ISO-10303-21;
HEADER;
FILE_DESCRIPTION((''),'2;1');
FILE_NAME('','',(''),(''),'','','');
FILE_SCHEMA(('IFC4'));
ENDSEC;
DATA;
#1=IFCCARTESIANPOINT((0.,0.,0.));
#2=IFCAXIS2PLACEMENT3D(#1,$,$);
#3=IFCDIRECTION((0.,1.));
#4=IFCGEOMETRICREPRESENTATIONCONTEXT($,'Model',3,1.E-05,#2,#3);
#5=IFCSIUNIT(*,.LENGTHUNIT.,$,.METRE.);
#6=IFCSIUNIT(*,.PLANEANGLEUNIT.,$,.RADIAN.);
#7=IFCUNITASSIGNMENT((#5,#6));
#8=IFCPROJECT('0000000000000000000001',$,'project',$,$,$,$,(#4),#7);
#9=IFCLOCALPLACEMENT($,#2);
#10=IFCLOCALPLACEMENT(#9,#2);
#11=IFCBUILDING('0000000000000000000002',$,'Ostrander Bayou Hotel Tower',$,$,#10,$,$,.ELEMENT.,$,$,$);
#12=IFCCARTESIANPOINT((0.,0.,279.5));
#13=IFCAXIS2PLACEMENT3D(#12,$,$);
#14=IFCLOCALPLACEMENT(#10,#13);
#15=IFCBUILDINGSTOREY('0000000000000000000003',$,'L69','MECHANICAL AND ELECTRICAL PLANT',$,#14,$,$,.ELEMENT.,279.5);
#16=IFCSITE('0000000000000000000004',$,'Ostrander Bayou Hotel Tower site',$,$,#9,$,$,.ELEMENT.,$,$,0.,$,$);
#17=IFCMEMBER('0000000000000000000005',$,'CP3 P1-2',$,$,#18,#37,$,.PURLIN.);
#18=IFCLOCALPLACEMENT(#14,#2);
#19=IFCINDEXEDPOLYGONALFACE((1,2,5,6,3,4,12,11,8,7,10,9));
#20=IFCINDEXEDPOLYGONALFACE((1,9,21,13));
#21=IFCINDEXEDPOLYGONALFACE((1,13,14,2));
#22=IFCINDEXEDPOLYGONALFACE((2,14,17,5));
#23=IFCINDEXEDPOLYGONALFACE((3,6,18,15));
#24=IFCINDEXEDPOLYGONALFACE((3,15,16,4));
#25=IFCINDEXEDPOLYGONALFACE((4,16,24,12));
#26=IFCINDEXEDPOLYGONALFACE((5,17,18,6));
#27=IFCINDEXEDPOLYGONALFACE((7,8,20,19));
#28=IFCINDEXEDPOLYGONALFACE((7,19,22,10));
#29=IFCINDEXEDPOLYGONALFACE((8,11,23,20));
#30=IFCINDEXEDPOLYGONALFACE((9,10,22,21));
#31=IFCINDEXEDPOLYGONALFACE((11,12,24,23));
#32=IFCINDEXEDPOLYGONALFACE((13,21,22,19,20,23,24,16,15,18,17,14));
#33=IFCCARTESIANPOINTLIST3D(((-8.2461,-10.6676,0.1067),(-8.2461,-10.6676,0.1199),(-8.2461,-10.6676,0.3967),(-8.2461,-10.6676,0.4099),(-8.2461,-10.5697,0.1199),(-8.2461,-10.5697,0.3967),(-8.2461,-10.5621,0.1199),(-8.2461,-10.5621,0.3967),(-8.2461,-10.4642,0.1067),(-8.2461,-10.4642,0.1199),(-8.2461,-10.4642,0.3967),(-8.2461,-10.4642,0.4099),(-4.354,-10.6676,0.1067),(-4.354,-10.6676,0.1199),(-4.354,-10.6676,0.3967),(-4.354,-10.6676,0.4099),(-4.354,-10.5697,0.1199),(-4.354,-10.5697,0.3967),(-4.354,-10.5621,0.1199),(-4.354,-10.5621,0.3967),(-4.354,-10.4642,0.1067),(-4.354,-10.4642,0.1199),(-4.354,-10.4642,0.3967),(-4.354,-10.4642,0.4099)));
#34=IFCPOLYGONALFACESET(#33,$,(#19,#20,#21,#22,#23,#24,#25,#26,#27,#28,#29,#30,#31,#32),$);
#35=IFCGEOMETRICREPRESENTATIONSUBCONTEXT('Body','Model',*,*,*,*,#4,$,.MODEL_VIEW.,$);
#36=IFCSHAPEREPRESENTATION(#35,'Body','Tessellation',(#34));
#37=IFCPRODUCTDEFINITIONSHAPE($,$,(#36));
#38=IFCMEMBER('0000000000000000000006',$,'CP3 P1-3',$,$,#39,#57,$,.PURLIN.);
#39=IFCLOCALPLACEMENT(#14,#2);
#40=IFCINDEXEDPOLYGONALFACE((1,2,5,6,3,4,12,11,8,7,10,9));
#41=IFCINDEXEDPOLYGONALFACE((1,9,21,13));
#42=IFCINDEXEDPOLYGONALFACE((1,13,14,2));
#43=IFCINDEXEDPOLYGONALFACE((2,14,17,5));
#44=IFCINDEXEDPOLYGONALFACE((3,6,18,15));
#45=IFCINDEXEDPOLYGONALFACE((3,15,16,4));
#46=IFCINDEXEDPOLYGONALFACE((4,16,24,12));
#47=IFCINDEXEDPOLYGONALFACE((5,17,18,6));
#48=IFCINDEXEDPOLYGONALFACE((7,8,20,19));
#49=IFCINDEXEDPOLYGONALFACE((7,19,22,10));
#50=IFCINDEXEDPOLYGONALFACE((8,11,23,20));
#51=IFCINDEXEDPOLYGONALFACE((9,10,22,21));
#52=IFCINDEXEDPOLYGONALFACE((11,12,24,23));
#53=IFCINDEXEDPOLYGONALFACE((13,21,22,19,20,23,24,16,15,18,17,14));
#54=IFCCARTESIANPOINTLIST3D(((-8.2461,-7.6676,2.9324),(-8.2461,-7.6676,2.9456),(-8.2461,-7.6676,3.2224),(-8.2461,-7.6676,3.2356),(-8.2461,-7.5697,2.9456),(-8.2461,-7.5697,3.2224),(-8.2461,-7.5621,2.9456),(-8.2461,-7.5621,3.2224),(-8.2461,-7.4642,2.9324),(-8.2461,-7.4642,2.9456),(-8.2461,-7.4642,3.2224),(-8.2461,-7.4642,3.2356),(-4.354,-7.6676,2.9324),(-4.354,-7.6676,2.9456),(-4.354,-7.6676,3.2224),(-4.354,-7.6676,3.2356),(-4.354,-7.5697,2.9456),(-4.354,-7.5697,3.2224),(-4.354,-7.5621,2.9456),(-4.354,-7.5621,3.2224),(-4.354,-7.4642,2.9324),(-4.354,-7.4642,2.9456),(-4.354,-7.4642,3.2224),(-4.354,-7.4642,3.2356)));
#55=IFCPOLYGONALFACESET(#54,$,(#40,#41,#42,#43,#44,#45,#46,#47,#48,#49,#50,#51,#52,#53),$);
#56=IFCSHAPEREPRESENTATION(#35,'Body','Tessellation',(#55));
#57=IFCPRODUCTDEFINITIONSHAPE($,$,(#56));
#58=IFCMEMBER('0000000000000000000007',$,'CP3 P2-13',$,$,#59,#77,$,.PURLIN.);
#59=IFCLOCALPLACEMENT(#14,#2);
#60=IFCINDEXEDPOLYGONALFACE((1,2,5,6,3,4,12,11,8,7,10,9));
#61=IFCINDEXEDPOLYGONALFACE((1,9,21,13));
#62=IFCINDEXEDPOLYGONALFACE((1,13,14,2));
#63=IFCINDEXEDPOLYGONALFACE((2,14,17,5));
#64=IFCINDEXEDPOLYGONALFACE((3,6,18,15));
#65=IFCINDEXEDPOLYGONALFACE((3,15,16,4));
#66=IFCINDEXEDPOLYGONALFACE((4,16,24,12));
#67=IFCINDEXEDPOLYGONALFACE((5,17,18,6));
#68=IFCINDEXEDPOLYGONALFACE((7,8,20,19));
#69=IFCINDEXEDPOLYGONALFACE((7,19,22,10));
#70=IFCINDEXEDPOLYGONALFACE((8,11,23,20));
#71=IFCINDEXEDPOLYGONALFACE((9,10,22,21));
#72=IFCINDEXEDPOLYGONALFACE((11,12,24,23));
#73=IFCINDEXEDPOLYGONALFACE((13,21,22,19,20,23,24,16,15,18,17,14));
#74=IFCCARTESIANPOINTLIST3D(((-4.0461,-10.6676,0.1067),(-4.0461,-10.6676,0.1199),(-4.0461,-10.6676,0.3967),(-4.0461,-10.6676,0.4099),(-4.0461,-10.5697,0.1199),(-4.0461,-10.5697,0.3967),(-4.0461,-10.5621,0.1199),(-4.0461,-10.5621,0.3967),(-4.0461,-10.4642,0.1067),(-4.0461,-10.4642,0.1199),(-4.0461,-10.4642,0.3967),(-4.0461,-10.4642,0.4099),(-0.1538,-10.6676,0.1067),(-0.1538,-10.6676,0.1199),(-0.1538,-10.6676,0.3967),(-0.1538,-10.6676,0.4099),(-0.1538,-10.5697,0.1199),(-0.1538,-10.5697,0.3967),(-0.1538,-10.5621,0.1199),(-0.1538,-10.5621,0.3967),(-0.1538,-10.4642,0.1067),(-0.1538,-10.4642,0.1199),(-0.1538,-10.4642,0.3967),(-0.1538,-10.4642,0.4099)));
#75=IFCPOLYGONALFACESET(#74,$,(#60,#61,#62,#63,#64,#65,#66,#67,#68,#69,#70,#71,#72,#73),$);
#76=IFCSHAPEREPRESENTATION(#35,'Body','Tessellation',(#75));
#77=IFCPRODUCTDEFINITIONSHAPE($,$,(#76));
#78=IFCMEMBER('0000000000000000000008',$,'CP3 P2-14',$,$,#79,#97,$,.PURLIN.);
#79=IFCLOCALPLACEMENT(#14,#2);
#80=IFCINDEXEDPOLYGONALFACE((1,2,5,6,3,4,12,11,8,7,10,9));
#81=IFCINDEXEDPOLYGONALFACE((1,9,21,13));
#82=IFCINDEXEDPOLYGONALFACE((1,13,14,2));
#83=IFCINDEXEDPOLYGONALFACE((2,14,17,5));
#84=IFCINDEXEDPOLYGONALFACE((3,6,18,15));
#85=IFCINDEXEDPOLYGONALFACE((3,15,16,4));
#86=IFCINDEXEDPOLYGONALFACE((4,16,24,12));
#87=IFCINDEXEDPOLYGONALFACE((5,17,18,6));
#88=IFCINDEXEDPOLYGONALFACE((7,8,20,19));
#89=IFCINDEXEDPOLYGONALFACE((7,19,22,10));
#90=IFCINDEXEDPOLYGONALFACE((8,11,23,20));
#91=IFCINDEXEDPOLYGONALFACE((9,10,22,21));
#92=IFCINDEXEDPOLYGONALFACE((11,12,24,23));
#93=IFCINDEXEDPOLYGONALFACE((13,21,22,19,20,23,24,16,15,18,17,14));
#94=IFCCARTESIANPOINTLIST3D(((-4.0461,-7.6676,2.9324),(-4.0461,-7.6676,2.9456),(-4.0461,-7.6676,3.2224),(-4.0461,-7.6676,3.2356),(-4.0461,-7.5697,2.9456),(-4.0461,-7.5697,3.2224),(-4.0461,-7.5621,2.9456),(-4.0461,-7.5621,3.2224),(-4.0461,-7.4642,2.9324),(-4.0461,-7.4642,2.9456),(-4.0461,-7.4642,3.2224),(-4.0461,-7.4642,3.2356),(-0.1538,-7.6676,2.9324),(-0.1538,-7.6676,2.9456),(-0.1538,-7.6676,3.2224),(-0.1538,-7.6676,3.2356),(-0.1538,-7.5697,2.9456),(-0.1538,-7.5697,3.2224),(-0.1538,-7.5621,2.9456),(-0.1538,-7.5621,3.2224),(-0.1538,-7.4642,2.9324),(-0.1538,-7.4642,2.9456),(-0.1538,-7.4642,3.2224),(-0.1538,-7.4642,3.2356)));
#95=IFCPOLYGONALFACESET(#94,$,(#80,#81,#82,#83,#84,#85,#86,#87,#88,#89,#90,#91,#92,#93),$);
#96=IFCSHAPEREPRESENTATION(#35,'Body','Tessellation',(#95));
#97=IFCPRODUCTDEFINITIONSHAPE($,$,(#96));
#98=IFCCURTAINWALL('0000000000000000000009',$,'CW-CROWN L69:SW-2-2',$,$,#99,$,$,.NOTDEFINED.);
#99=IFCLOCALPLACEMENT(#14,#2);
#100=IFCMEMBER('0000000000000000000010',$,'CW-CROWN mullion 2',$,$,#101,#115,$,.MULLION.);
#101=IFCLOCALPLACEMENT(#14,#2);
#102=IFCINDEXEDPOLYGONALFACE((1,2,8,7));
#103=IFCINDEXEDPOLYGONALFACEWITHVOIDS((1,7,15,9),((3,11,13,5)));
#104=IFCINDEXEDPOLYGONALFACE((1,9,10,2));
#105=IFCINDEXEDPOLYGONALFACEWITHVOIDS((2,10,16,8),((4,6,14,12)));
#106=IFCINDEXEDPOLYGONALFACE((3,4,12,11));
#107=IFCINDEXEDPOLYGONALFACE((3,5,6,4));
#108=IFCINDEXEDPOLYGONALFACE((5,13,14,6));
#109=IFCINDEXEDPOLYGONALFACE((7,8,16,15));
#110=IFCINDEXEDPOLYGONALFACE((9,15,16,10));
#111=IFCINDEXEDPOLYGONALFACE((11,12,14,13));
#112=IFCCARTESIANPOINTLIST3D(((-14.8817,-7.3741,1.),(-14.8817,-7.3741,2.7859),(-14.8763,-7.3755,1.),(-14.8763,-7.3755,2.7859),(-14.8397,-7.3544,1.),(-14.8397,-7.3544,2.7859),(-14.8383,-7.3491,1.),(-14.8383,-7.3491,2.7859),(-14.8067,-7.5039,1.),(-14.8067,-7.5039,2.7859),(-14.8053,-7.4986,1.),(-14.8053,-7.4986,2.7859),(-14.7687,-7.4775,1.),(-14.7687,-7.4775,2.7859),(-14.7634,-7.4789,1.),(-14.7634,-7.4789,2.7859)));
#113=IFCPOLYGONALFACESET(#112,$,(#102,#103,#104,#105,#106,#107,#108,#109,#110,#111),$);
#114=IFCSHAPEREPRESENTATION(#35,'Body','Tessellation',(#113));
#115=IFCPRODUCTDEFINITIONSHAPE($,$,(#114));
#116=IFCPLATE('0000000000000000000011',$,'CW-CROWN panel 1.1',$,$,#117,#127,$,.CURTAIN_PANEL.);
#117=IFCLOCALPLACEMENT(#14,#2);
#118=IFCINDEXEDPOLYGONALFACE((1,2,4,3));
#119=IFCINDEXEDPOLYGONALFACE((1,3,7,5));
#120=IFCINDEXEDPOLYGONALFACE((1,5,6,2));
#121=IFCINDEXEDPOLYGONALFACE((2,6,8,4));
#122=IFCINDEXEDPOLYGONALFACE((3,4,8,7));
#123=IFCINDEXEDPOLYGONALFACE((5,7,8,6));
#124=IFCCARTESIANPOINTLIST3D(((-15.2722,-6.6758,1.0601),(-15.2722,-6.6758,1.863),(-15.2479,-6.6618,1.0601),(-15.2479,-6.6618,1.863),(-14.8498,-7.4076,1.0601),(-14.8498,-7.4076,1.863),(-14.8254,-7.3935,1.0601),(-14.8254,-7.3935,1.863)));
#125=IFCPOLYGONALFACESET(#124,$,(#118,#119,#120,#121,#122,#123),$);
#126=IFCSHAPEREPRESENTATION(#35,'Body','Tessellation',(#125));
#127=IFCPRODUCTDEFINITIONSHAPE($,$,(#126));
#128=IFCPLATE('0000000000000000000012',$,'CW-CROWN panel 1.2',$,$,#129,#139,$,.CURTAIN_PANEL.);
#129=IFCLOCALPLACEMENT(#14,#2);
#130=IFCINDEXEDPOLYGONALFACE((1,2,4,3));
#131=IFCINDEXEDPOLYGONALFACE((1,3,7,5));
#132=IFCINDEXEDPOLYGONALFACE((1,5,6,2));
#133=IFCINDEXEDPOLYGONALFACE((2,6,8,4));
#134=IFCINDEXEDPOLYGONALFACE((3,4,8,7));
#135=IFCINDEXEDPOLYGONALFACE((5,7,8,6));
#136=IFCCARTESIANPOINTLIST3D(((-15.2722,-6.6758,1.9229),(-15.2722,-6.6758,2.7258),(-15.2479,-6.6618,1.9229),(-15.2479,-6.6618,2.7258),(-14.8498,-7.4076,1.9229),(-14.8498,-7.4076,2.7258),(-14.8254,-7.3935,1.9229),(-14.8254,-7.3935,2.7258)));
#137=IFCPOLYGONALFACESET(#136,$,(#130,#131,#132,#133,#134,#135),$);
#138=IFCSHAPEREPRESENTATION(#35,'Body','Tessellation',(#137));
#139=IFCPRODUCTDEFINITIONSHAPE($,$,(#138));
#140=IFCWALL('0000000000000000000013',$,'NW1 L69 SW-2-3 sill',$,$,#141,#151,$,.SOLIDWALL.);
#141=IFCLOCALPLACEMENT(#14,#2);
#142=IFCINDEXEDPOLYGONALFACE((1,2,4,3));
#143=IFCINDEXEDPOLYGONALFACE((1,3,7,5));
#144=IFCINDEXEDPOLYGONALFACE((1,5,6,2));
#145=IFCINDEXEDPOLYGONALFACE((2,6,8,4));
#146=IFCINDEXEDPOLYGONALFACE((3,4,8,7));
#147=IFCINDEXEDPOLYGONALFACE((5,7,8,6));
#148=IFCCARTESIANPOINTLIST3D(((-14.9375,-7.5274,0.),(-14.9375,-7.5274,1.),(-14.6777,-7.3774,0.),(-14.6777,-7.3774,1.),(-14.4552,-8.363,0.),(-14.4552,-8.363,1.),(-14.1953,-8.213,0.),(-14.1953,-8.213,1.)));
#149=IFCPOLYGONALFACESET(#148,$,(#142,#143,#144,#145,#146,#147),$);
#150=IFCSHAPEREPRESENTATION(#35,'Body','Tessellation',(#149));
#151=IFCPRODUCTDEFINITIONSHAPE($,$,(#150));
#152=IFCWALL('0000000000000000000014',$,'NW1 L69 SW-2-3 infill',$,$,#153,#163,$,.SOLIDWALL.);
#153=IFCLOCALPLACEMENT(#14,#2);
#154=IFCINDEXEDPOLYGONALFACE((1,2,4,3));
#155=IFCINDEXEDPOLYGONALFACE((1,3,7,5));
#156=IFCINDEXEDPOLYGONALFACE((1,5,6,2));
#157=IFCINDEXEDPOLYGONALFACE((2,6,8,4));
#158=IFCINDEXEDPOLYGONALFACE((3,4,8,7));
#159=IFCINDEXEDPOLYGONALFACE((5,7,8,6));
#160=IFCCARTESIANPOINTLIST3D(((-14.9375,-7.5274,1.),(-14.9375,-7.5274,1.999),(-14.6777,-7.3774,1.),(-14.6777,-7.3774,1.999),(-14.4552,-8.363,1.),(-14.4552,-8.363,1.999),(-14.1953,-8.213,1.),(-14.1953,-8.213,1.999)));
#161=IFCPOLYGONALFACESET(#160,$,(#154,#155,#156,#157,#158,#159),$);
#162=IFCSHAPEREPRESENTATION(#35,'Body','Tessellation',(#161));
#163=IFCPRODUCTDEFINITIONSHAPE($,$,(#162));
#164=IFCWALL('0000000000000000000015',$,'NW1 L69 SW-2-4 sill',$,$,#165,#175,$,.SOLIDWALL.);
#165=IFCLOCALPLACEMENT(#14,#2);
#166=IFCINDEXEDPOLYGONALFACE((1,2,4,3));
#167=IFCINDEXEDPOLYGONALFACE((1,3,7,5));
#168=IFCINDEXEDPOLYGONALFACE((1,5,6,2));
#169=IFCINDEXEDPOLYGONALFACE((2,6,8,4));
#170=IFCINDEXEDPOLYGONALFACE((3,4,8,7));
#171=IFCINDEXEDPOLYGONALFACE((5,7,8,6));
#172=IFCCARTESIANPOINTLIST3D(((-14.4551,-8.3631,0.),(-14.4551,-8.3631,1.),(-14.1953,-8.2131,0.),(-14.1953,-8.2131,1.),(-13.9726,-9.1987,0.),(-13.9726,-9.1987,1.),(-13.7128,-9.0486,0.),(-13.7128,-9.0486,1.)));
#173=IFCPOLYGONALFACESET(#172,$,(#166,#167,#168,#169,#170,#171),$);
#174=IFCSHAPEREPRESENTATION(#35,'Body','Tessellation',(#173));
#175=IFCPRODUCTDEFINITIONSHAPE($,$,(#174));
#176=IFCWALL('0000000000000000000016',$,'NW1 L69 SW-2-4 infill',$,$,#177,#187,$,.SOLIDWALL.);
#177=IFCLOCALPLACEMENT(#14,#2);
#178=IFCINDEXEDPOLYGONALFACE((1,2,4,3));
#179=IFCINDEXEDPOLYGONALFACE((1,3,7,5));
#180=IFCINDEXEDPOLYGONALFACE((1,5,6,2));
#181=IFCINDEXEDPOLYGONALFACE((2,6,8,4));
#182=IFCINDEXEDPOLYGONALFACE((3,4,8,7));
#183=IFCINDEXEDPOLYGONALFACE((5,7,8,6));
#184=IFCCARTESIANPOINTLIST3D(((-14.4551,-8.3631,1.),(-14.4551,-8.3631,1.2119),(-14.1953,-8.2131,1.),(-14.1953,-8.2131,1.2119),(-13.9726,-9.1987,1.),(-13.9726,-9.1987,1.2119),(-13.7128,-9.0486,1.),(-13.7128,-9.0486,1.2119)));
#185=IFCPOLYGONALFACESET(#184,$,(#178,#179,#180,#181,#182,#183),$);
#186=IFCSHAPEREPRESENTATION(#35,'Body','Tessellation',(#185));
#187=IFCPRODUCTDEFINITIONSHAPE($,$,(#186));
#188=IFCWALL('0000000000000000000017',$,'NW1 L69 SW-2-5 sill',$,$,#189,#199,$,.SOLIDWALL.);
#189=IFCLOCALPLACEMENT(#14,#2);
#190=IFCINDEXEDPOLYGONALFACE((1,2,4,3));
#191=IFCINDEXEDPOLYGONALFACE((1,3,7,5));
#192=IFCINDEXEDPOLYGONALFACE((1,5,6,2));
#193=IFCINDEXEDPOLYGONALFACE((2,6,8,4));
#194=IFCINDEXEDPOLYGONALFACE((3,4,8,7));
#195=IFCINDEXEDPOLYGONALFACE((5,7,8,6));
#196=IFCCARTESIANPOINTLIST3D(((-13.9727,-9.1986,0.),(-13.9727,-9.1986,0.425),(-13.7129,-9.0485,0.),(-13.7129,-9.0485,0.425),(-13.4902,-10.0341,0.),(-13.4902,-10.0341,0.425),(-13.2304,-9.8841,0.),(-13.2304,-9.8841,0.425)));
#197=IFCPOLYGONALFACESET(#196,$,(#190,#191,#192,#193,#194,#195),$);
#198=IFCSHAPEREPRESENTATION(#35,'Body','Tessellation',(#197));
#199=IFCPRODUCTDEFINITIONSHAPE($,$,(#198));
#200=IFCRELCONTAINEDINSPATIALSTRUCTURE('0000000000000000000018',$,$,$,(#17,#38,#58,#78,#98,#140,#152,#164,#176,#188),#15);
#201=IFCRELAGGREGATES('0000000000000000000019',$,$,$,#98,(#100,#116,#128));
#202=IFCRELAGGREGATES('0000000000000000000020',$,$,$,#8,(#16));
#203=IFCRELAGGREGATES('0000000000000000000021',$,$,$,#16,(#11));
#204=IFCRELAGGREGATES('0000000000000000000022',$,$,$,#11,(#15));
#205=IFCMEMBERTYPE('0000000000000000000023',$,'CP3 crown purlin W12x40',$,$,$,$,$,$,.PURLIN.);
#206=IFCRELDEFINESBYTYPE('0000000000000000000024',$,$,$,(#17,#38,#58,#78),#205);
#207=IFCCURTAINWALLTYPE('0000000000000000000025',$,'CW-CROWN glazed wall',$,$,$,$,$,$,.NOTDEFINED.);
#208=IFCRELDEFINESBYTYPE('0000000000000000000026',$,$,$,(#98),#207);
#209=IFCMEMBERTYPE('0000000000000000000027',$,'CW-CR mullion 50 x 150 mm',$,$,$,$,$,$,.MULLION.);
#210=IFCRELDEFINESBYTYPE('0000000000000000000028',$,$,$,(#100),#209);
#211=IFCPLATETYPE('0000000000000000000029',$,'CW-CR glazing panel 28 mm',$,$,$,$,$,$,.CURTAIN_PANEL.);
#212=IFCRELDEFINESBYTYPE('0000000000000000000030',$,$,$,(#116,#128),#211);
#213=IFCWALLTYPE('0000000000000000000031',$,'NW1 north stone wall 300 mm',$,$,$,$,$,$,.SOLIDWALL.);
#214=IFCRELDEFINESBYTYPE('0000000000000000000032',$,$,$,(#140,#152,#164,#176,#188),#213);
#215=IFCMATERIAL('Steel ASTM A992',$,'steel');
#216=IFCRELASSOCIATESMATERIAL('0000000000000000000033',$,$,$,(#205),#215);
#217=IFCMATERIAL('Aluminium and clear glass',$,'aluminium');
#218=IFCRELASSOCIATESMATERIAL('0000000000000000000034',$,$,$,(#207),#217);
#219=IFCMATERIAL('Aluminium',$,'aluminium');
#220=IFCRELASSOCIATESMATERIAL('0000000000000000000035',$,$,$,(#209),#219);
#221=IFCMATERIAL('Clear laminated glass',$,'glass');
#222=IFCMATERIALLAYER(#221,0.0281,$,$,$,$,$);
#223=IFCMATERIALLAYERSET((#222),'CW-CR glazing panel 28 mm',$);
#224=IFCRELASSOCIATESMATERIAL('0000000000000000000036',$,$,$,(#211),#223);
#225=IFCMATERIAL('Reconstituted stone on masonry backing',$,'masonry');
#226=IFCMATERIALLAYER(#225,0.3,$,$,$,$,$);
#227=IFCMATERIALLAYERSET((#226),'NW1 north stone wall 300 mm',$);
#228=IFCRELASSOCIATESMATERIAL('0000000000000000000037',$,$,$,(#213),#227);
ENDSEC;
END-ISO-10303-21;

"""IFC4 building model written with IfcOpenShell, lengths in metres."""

from ifc_helpers import new_model, si_unit, direction, frame, frame_2d, origin, origin_2d, place, context, subcontext, project, spatial, rectangle, hollow_rectangle, i_section, extrude, material, layer, layer_set, material_profile, profile_set, type_object, element, aggregate, save


model = new_model("IFC4")

# Units and contexts
model_context = context("Model", 3, precision=1e-05, world=origin(), true_north=direction((0.0, 1.0)))
body_context = subcontext(model_context, "Body", "Model", "MODEL_VIEW")
ifc_project = project(units=[si_unit("LENGTHUNIT", "METRE"), si_unit("PLANEANGLEUNIT", "RADIAN")], contexts=[model_context])

# Site, building, storey
site_placement = place(None, origin())
site = spatial("IfcSite", under=ifc_project, at=site_placement, Name="Ostrander Bayou Hotel Tower site", CompositionType="ELEMENT", RefElevation=0.0)
building_placement = place(site_placement, origin())
building = spatial("IfcBuilding", under=site, at=building_placement, Name="Ostrander Bayou Hotel Tower", CompositionType="ELEMENT")
storey_placement = place(building_placement, frame((0.0, 0.0, 279.5)))
storey = spatial("IfcBuildingStorey", under=building, at=storey_placement, Name="L69", Description="MECHANICAL AND ELECTRICAL PLANT", CompositionType="ELEMENT", Elevation=279.5)

# Members
ifc_material_1 = material(Name="Steel ASTM A992", Category="steel")
ifc_material_profile_1 = material_profile(ifc_material_1, i_section(OverallWidth=0.2034, OverallDepth=0.3032, WebThickness=0.0076, FlangeThickness=0.0132, at=origin_2d()))
ifc_profile_set_1 = profile_set([ifc_material_profile_1], Name="Steel ASTM A992")
member_type_1 = type_object("IfcMemberType", Name="CP3 crown purlin W12x40", PredefinedType="PURLIN", material=ifc_profile_set_1)
for number, where, z_axis, x_axis, name in (
    (1, (-8.2461, -10.5659, 0.2583), (1.0, 0.0, 0.0), (0.0, 1.0, 0.0), "CP3 P1-2"),
    (2, (-8.2461, -7.5659, 3.084), (1.0, 0.0, 0.0), (0.0, 1.0, 0.0), "CP3 P1-3"),
):
    element("IfcMember", number, at=place(storey_placement, frame(where, z_axis=z_axis, x_axis=x_axis)), inside=storey, type_object=member_type_1, Name=name, PredefinedType="PURLIN", context=body_context, shape_type="SweptSolid", body=[
        extrude(i_section(OverallWidth=0.2034, OverallDepth=0.3032, WebThickness=0.0076, FlangeThickness=0.0132, at=origin_2d()), origin(), (0.0, 0.0, 1.0), 3.8921),
    ])
for number, where, z_axis, x_axis, name in (
    (3, (-4.0461, -10.5659, 0.2583), (1.0, 0.0, 0.0), (0.0, 1.0, 0.0), "CP3 P2-13"),
    (4, (-4.0461, -7.5659, 3.084), (1.0, 0.0, 0.0), (0.0, 1.0, 0.0), "CP3 P2-14"),
):
    element("IfcMember", number, at=place(storey_placement, frame(where, z_axis=z_axis, x_axis=x_axis)), inside=storey, type_object=member_type_1, Name=name, PredefinedType="PURLIN", context=body_context, shape_type="SweptSolid", body=[
        extrude(i_section(OverallWidth=0.2034, OverallDepth=0.3032, WebThickness=0.0076, FlangeThickness=0.0132, at=origin_2d()), origin(), (0.0, 0.0, 1.0), 3.8923),
    ])

# Curtain wall, member, plates
ifc_material_2 = material(Name="Aluminium and clear glass", Category="aluminium")
curtain_wall_type = type_object("IfcCurtainWallType", Name="CW-CROWN glazed wall", PredefinedType="NOTDEFINED", material=ifc_material_2)
curtain_wall_placement = place(storey_placement, origin())
curtain_wall = element("IfcCurtainWall", 5, at=curtain_wall_placement, inside=storey, type_object=curtain_wall_type, Name="CW-CROWN L69:SW-2-2", PredefinedType="NOTDEFINED")
ifc_material_3 = material(Name="Aluminium", Category="aluminium")
ifc_material_profile_2 = material_profile(ifc_material_3, hollow_rectangle(XDim=0.05, YDim=0.1499, WallThickness=0.0039, at=origin_2d()))
ifc_profile_set_2 = profile_set([ifc_material_profile_2], Name="Aluminium")
member_type_2 = type_object("IfcMemberType", Name="CW-CR mullion 50 x 150 mm", PredefinedType="MULLION", material=ifc_profile_set_2)
member_placement = place(storey_placement, frame((-14.8225, -7.4265, 1.0), z_axis=(0.0, 0.0, 1.0), x_axis=(0.866041, 0.499974, 0.0)))
member = element("IfcMember", 6, at=member_placement, type_object=member_type_2, Name="CW-CROWN mullion 2", PredefinedType="MULLION", context=body_context, shape_type="SweptSolid", body=[
    extrude(hollow_rectangle(XDim=0.05, YDim=0.1499, WallThickness=0.0039, at=origin_2d()), origin(), (0.0, 0.0, 1.0), 1.7859),
])
ifc_material_4 = material(Name="Clear laminated glass", Category="glass")
ifc_layer_1 = layer(ifc_material_4, 0.0281)
ifc_layer_set_1 = layer_set([ifc_layer_1], Name="CW-CR glazing panel 28 mm")
plate_type = type_object("IfcPlateType", Name="CW-CR glazing panel 28 mm", PredefinedType="CURTAIN_PANEL", material=ifc_layer_set_1)
plate_1_placement = place(storey_placement, frame((-15.0488, -7.0347, 1.0601), z_axis=(0.0, 0.0, 1.0), x_axis=(0.499974, -0.866041, 0.0)))
plate_1 = element("IfcPlate", 7, at=plate_1_placement, type_object=plate_type, Name="CW-CROWN panel 1.1", PredefinedType="CURTAIN_PANEL", context=body_context, shape_type="SweptSolid", body=[
    extrude(rectangle(XDim=0.845, YDim=0.0281, at=origin_2d()), origin(), (0.0, 0.0, 1.0), 0.803),
])
plate_2_placement = place(storey_placement, frame((-15.0488, -7.0347, 1.9229), z_axis=(0.0, 0.0, 1.0), x_axis=(0.499974, -0.866041, 0.0)))
plate_2 = element("IfcPlate", 8, at=plate_2_placement, type_object=plate_type, Name="CW-CROWN panel 1.2", PredefinedType="CURTAIN_PANEL", context=body_context, shape_type="SweptSolid", body=[
    extrude(rectangle(XDim=0.845, YDim=0.0281, at=origin_2d()), origin(), (0.0, 0.0, 1.0), 0.803),
])
aggregate(curtain_wall, [member, plate_1, plate_2])

# Walls
ifc_material_5 = material(Name="Reconstituted stone on masonry backing", Category="masonry")
ifc_layer_2 = layer(ifc_material_5, 0.3)
ifc_layer_set_2 = layer_set([ifc_layer_2], Name="NW1 north stone wall 300 mm")
wall_type_1 = type_object("IfcWallType", Name="NW1 north stone wall 300 mm", PredefinedType="SOLIDWALL", material=ifc_layer_set_2)
wall_1_placement = place(storey_placement, frame((-14.8076, -7.4524, 0.0), z_axis=(0.0, 0.0, 1.0), x_axis=(0.499949, -0.866055, 0.0)))
element("IfcWall", 9, at=wall_1_placement, inside=storey, type_object=wall_type_1, Name="NW1 L69 SW-2-3 sill", PredefinedType="SOLIDWALL", context=body_context, shape_type="SweptSolid", body=[
    extrude(rectangle(XDim=0.9648, YDim=0.3, at=frame_2d((0.4824, 0.0))), origin(), (0.0, 0.0, 1.0), 1.0),
])
wall_2_placement = place(storey_placement, frame((-14.8076, -7.4524, 1.0), z_axis=(0.0, 0.0, 1.0), x_axis=(0.499949, -0.866055, 0.0)))
element("IfcWall", 10, at=wall_2_placement, inside=storey, type_object=wall_type_1, Name="NW1 L69 SW-2-3 infill", PredefinedType="SOLIDWALL", context=body_context, shape_type="SweptSolid", body=[
    extrude(rectangle(XDim=0.9648, YDim=0.3, at=frame_2d((0.4824, 0.0))), origin(), (0.0, 0.0, 1.0), 0.999),
])
wall_3_placement = place(storey_placement, frame((-14.3252, -8.2881, 0.0), z_axis=(0.0, 0.0, 1.0), x_axis=(0.500058, -0.865992, 0.0)))
element("IfcWall", 11, at=wall_3_placement, inside=storey, type_object=wall_type_1, Name="NW1 L69 SW-2-4 sill", PredefinedType="SOLIDWALL", context=body_context, shape_type="SweptSolid", body=[
    extrude(rectangle(XDim=0.9648, YDim=0.3, at=frame_2d((0.4824, 0.0))), origin(), (0.0, 0.0, 1.0), 1.0),
])
wall_4_placement = place(storey_placement, frame((-14.3252, -8.2881, 1.0), z_axis=(0.0, 0.0, 1.0), x_axis=(0.500058, -0.865992, 0.0)))
element("IfcWall", 12, at=wall_4_placement, inside=storey, type_object=wall_type_1, Name="NW1 L69 SW-2-4 infill", PredefinedType="SOLIDWALL", context=body_context, shape_type="SweptSolid", body=[
    extrude(rectangle(XDim=0.9648, YDim=0.3, at=frame_2d((0.4824, 0.0))), origin(), (0.0, 0.0, 1.0), 0.2119),
])
wall_5_placement = place(storey_placement, frame((-13.8428, -9.1235, 0.0), z_axis=(0.0, 0.0, 1.0), x_axis=(0.500058, -0.865992, 0.0)))
element("IfcWall", 13, at=wall_5_placement, inside=storey, type_object=wall_type_1, Name="NW1 L69 SW-2-5 sill", PredefinedType="SOLIDWALL", context=body_context, shape_type="SweptSolid", body=[
    extrude(rectangle(XDim=0.9648, YDim=0.3, at=frame_2d((0.4824, 0.0))), origin(), (0.0, 0.0, 1.0), 0.425),
])

save(model, "model.ifc")
